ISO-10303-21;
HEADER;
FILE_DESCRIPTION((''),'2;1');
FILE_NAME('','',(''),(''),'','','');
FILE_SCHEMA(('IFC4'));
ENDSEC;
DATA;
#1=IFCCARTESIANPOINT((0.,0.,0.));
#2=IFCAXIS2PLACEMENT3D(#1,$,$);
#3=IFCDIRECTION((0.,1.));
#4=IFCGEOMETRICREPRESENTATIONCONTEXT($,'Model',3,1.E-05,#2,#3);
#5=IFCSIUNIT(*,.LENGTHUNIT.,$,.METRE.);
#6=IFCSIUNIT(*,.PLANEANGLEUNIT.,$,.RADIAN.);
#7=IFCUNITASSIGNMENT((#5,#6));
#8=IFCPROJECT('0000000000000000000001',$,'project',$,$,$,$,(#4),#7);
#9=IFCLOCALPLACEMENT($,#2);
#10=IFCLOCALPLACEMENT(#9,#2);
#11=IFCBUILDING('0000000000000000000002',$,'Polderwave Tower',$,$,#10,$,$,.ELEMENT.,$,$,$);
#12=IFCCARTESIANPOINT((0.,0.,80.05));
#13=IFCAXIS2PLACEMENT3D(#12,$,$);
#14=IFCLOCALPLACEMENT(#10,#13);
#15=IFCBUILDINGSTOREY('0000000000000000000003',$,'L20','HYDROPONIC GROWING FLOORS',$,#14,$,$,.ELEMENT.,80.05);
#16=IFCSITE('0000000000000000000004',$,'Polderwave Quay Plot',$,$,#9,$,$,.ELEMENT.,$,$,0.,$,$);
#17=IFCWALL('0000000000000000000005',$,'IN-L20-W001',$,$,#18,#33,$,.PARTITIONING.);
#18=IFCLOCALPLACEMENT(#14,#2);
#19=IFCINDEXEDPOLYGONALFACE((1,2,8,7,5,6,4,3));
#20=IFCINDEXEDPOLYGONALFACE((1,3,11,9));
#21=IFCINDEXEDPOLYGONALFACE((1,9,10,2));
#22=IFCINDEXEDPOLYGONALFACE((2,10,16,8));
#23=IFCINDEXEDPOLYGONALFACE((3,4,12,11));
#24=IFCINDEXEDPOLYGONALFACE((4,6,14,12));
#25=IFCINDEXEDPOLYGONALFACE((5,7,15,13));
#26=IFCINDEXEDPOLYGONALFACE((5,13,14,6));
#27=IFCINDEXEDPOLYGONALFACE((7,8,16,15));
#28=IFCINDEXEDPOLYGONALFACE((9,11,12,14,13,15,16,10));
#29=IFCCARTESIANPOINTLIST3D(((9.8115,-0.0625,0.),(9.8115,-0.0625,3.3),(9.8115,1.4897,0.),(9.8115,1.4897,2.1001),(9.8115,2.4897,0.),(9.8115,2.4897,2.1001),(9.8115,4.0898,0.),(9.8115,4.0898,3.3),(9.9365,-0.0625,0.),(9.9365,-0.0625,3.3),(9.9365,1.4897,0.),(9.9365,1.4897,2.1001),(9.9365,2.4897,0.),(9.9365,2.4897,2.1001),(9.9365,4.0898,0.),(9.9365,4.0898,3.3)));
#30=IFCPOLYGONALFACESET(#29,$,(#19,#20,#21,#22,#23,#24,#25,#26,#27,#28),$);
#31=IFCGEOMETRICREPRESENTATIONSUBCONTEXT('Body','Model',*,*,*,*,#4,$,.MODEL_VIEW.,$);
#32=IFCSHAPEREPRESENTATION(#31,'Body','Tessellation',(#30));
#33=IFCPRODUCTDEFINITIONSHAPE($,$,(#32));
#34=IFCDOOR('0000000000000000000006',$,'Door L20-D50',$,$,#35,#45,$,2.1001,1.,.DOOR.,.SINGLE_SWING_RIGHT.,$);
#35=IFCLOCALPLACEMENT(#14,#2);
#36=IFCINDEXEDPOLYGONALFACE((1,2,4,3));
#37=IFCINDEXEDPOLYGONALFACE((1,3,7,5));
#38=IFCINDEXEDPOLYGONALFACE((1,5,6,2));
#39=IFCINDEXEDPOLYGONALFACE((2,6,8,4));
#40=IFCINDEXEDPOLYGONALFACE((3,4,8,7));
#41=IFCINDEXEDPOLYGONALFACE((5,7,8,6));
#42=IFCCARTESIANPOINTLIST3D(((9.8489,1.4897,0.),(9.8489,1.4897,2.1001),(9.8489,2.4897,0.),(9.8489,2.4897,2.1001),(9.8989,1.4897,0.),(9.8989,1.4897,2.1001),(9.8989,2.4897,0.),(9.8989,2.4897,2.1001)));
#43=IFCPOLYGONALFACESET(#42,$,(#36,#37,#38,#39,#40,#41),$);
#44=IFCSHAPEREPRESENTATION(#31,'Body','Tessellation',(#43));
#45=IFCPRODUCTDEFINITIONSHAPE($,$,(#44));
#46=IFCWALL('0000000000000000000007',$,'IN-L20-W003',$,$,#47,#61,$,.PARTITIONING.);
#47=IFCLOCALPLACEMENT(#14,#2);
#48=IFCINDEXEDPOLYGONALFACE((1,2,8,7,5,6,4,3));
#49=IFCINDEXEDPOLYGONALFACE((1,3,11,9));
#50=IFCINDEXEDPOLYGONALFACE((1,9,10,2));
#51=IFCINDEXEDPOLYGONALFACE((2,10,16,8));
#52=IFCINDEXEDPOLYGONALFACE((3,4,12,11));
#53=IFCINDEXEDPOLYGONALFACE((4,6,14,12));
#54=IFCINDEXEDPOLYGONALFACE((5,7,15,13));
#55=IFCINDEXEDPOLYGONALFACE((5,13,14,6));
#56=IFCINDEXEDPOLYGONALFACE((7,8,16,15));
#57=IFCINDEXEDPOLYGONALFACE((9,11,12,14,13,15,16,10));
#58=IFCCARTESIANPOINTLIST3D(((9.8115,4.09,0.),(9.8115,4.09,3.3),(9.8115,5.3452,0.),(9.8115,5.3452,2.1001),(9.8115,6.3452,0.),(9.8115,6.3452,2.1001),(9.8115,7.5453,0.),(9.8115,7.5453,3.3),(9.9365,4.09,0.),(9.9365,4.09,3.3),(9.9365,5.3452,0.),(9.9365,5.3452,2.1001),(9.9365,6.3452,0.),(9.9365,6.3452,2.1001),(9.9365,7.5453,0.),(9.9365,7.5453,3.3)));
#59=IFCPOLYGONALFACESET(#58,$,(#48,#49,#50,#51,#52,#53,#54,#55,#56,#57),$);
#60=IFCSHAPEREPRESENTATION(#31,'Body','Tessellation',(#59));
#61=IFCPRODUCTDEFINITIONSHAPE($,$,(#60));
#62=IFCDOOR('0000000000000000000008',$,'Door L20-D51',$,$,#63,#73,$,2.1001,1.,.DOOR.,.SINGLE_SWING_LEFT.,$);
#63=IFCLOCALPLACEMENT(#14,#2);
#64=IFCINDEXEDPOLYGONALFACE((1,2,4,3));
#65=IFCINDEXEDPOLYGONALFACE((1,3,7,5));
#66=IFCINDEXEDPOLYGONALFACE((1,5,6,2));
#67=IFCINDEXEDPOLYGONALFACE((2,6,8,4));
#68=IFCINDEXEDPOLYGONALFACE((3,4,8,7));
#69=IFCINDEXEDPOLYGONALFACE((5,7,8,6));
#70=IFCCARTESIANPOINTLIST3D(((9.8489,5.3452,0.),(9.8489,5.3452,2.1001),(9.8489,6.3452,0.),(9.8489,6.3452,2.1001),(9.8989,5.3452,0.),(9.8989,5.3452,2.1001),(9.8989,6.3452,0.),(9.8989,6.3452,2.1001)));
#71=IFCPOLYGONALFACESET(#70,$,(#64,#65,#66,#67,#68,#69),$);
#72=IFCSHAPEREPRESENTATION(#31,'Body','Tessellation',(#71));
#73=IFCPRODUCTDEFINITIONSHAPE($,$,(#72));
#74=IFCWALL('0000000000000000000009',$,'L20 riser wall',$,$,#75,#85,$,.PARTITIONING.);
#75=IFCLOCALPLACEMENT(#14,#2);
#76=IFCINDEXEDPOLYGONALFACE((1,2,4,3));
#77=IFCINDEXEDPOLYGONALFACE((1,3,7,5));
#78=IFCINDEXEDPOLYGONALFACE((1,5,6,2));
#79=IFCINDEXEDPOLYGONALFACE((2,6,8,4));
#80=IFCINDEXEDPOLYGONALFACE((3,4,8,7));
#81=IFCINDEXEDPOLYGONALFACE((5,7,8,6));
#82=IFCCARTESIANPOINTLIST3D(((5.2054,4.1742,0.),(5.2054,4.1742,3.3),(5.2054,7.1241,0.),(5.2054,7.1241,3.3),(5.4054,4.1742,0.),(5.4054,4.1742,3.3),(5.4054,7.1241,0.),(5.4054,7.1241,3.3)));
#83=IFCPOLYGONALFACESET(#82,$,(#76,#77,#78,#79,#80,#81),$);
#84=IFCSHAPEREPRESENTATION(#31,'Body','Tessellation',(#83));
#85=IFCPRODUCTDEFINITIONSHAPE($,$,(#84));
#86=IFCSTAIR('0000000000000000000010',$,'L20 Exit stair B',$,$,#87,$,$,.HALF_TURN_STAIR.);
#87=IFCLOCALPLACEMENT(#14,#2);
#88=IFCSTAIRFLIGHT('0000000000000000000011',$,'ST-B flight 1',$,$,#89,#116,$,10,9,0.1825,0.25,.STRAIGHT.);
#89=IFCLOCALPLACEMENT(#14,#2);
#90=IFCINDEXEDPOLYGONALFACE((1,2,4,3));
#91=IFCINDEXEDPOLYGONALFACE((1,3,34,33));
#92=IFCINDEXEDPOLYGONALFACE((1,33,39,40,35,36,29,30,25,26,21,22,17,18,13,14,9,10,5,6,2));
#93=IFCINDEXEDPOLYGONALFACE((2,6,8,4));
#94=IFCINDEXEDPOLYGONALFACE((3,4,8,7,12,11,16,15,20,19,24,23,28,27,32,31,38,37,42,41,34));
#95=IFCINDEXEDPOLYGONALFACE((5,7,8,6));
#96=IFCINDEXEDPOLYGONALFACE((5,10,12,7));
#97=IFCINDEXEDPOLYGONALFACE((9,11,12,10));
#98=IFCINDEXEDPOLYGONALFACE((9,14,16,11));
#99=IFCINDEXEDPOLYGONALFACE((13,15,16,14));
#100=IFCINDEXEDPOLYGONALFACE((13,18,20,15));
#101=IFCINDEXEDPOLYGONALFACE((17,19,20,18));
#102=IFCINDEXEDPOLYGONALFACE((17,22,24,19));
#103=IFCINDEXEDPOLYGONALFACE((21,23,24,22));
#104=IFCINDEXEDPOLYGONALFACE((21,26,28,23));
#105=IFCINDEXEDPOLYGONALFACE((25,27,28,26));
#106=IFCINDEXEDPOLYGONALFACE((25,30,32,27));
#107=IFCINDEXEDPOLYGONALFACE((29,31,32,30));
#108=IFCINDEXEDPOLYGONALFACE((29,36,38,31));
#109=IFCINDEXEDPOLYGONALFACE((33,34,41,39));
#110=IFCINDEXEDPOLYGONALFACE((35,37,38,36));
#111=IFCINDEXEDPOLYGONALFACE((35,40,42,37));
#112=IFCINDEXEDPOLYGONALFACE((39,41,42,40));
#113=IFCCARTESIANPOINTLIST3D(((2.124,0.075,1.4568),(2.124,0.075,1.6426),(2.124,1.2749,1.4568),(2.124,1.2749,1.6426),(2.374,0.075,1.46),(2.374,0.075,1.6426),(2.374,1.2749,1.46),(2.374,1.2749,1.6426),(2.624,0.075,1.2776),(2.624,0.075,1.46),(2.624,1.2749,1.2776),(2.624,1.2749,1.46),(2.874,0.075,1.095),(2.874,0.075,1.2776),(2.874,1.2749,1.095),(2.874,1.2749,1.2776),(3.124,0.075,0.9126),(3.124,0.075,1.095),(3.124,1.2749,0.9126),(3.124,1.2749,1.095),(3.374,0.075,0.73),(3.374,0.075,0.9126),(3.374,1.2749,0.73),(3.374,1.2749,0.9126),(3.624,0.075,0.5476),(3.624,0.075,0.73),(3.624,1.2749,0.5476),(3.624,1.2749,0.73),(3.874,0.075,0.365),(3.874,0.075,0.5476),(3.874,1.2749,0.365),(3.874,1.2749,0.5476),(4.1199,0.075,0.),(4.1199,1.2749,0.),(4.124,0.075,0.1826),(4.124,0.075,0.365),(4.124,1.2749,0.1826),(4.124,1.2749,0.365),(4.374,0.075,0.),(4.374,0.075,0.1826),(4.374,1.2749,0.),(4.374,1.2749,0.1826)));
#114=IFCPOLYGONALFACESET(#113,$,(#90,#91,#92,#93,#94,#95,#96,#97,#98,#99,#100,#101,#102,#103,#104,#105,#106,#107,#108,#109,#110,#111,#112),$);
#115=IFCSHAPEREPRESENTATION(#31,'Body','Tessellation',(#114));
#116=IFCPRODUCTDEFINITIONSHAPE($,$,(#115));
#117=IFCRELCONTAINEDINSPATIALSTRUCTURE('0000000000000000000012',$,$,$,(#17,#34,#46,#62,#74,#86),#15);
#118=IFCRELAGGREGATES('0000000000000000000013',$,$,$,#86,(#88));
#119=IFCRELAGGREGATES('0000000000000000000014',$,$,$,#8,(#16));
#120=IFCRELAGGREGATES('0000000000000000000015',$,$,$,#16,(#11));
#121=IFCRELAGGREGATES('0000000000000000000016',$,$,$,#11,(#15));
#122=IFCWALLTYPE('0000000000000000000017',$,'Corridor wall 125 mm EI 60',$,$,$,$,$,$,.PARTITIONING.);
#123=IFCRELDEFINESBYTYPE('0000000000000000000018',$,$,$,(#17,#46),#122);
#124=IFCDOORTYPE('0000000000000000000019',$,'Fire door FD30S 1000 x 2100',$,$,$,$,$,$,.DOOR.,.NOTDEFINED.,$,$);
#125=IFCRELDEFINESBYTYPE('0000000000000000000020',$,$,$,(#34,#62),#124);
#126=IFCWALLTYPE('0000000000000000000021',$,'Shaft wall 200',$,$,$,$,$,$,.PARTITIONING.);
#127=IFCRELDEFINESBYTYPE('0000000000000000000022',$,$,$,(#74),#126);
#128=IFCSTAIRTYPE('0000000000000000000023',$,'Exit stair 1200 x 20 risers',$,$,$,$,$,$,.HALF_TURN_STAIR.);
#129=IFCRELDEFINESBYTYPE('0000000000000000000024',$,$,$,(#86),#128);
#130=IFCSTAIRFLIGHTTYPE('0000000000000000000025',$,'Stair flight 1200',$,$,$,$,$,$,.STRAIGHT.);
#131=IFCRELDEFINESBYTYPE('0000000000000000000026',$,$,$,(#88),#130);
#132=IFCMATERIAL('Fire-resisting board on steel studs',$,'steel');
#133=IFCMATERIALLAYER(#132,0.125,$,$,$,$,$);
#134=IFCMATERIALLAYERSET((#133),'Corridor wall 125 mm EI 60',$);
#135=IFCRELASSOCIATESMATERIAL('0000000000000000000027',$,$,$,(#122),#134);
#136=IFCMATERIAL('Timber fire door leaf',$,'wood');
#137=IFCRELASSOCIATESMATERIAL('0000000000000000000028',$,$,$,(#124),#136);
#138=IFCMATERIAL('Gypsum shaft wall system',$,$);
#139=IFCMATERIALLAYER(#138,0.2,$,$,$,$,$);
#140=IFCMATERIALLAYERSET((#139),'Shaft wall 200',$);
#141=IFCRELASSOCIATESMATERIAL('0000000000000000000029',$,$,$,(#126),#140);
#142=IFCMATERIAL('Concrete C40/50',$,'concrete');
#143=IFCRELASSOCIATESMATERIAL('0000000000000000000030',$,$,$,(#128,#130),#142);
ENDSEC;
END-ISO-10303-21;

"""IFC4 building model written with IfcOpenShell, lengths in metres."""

from ifc_helpers import new_model, si_unit, direction, frame, frame_2d, origin, place, context, subcontext, project, spatial, polyline, rectangle, outline, extrude, material, layer, layer_set, type_object, element, fill, aggregate, save


model = new_model("IFC4")

# Units and contexts
model_context = context("Model", 3, precision=1e-05, world=origin(), true_north=direction((0.0, 1.0)))
body_context = subcontext(model_context, "Body", "Model", "MODEL_VIEW")
ifc_project = project(units=[si_unit("LENGTHUNIT", "METRE"), si_unit("PLANEANGLEUNIT", "RADIAN")], contexts=[model_context])

# Site, building, storey
site_placement = place(None, origin())
site = spatial("IfcSite", under=ifc_project, at=site_placement, Name="Polderwave Quay Plot", CompositionType="ELEMENT", RefElevation=0.0)
building_placement = place(site_placement, origin())
building = spatial("IfcBuilding", under=site, at=building_placement, Name="Polderwave Tower", CompositionType="ELEMENT")
storey_placement = place(building_placement, frame((0.0, 0.0, 80.05)))
storey = spatial("IfcBuildingStorey", under=building, at=storey_placement, Name="L20", Description="HYDROPONIC GROWING FLOORS", CompositionType="ELEMENT", Elevation=80.05)

# Walls, openings, doors
ifc_material_1 = material(Name="Fire-resisting board on steel studs", Category="steel")
ifc_layer_1 = layer(ifc_material_1, 0.125)
ifc_layer_set_1 = layer_set([ifc_layer_1], Name="Corridor wall 125 mm EI 60")
wall_type_1 = type_object("IfcWallType", Name="Corridor wall 125 mm EI 60", PredefinedType="PARTITIONING", material=ifc_layer_set_1)
wall_1_placement = place(storey_placement, frame((9.874, 4.0898, 0.0), z_axis=(0.0, 0.0, 1.0), x_axis=(0.0, -1.0, 0.0)))
wall_1 = element("IfcWall", 1, at=wall_1_placement, inside=storey, type_object=wall_type_1, Name="IN-L20-W001", PredefinedType="PARTITIONING", context=body_context, shape_type="SweptSolid", body=[
    extrude(rectangle(XDim=4.1523, YDim=0.125, at=frame_2d((2.0762, 0.0))), origin(), (0.0, 0.0, 1.0), 3.3),
])
opening_1_placement = place(wall_1_placement, frame((1.6001, 0.0, 0.0)))
opening_1 = element("IfcOpeningElement", 2, at=opening_1_placement, cuts=wall_1, PredefinedType="OPENING", context=body_context, shape_type="SweptSolid", body=[
    extrude(rectangle(XDim=1.0, YDim=2.1001, at=frame_2d((0.5, 1.05))), frame((0.0, 0.0725, 0.0), z_axis=(0.0, -1.0, 0.0), x_axis=(1.0, 0.0, 0.0)), (0.0, 0.0, 1.0), 0.145),
])
ifc_material_2 = material(Name="Timber fire door leaf", Category="wood")
door_type_1 = type_object("IfcDoorType", Name="Fire door FD30S 1000 x 2100", OperationType="NOTDEFINED", PredefinedType="DOOR", material=ifc_material_2)
door_1_placement = place(opening_1_placement, origin())
door_1 = element("IfcDoor", 3, at=door_1_placement, inside=storey, type_object=door_type_1, Name="Door L20-D50", OperationType="SINGLE_SWING_RIGHT", OverallHeight=2.1001, OverallWidth=1.0, PredefinedType="DOOR", context=body_context, shape_type="SweptSolid", body=[
    extrude(rectangle(XDim=1.0, YDim=2.1001, at=frame_2d((0.5, 1.05))), frame((0.0, 0.0249, 0.0), z_axis=(0.0, -1.0, 0.0), x_axis=(1.0, 0.0, 0.0)), (0.0, 0.0, 1.0), 0.05),
])
fill(opening_1, door_1)
wall_2_placement = place(storey_placement, frame((9.874, 7.5452, 0.0), z_axis=(0.0, 0.0, 1.0), x_axis=(0.0, -1.0, 0.0)))
wall_2 = element("IfcWall", 4, at=wall_2_placement, inside=storey, type_object=wall_type_1, Name="IN-L20-W003", PredefinedType="PARTITIONING", context=body_context, shape_type="SweptSolid", body=[
    extrude(rectangle(XDim=3.4553, YDim=0.125, at=frame_2d((1.7275, 0.0))), origin(), (0.0, 0.0, 1.0), 3.3),
])
opening_2_placement = place(wall_2_placement, frame((1.2, 0.0, 0.0)))
opening_2 = element("IfcOpeningElement", 5, at=opening_2_placement, cuts=wall_2, PredefinedType="OPENING", context=body_context, shape_type="SweptSolid", body=[
    extrude(rectangle(XDim=1.0, YDim=2.1001, at=frame_2d((0.5, 1.05))), frame((0.0, 0.0725, 0.0), z_axis=(0.0, -1.0, 0.0), x_axis=(1.0, 0.0, 0.0)), (0.0, 0.0, 1.0), 0.145),
])
door_2_placement = place(opening_2_placement, origin())
door_2 = element("IfcDoor", 6, at=door_2_placement, inside=storey, type_object=door_type_1, Name="Door L20-D51", OperationType="SINGLE_SWING_LEFT", OverallHeight=2.1001, OverallWidth=1.0, PredefinedType="DOOR", context=body_context, shape_type="SweptSolid", body=[
    extrude(rectangle(XDim=1.0, YDim=2.1001, at=frame_2d((0.5, 1.05))), frame((0.0, 0.0249, 0.0), z_axis=(0.0, -1.0, 0.0), x_axis=(1.0, 0.0, 0.0)), (0.0, 0.0, 1.0), 0.05),
])
fill(opening_2, door_2)

# Wall
ifc_material_3 = material(Name="Gypsum shaft wall system")
ifc_layer_2 = layer(ifc_material_3, 0.2)
ifc_layer_set_2 = layer_set([ifc_layer_2], Name="Shaft wall 200")
wall_type_2 = type_object("IfcWallType", Name="Shaft wall 200", PredefinedType="PARTITIONING", material=ifc_layer_set_2)
wall_3_placement = place(storey_placement, frame((5.3054, 4.1741, 0.0), z_axis=(0.0, 0.0, 1.0), x_axis=(0.0, 1.0, 0.0)))
element("IfcWall", 7, at=wall_3_placement, inside=storey, type_object=wall_type_2, Name="L20 riser wall", PredefinedType="PARTITIONING", context=body_context, shape_type="SweptSolid", body=[
    extrude(rectangle(XDim=2.95, YDim=0.2, at=frame_2d((1.4751, 0.0))), origin(), (0.0, 0.0, 1.0), 3.3),
])

# Stair, stair flight
ifc_material_4 = material(Name="Concrete C40/50", Category="concrete")
stair_type = type_object("IfcStairType", Name="Exit stair 1200 x 20 risers", PredefinedType="HALF_TURN_STAIR", material=ifc_material_4)
stair_placement = place(storey_placement, origin())
stair = element("IfcStair", 8, at=stair_placement, inside=storey, type_object=stair_type, Name="L20 Exit stair B", PredefinedType="HALF_TURN_STAIR")
stair_flight_type = type_object("IfcStairFlightType", Name="Stair flight 1200", PredefinedType="STRAIGHT", material=ifc_material_4)
stair_flight_placement = place(storey_placement, frame((4.374, 0.675, 0.0), z_axis=(0.0, 0.0, 1.0), x_axis=(-1.0, 0.0, 0.0)))
stair_flight = element("IfcStairFlight", 9, at=stair_flight_placement, type_object=stair_flight_type, Name="ST-B flight 1", NumberOfRisers=10, NumberOfTreads=9, PredefinedType="STRAIGHT", RiserHeight=0.1825, TreadLength=0.25, context=body_context, shape_type="SweptSolid", body=[
    extrude(outline(polyline([(0.0, 0.0), (0.0, 0.1826), (0.25, 0.1826), (0.25, 0.365), (0.5, 0.365), (0.5, 0.5476), (0.75, 0.5476), (0.75, 0.73), (1.0, 0.73), (1.0, 0.9126), (1.25, 0.9126), (1.25, 1.095), (1.5, 1.095), (1.5, 1.2776), (1.75, 1.2776), (1.75, 1.46), (2.0, 1.46), (2.0, 1.6426), (2.25, 1.6426), (2.25, 1.825), (2.25, 1.4568), (0.2542, 0.0), (0.0, 0.0)])), frame((0.0, 0.6001, 0.0), z_axis=(0.0, -1.0, 0.0), x_axis=(1.0, 0.0, 0.0)), (0.0, 0.0, 1.0), 1.2),
])
aggregate(stair, [stair_flight])

save(model, "model.ifc")
